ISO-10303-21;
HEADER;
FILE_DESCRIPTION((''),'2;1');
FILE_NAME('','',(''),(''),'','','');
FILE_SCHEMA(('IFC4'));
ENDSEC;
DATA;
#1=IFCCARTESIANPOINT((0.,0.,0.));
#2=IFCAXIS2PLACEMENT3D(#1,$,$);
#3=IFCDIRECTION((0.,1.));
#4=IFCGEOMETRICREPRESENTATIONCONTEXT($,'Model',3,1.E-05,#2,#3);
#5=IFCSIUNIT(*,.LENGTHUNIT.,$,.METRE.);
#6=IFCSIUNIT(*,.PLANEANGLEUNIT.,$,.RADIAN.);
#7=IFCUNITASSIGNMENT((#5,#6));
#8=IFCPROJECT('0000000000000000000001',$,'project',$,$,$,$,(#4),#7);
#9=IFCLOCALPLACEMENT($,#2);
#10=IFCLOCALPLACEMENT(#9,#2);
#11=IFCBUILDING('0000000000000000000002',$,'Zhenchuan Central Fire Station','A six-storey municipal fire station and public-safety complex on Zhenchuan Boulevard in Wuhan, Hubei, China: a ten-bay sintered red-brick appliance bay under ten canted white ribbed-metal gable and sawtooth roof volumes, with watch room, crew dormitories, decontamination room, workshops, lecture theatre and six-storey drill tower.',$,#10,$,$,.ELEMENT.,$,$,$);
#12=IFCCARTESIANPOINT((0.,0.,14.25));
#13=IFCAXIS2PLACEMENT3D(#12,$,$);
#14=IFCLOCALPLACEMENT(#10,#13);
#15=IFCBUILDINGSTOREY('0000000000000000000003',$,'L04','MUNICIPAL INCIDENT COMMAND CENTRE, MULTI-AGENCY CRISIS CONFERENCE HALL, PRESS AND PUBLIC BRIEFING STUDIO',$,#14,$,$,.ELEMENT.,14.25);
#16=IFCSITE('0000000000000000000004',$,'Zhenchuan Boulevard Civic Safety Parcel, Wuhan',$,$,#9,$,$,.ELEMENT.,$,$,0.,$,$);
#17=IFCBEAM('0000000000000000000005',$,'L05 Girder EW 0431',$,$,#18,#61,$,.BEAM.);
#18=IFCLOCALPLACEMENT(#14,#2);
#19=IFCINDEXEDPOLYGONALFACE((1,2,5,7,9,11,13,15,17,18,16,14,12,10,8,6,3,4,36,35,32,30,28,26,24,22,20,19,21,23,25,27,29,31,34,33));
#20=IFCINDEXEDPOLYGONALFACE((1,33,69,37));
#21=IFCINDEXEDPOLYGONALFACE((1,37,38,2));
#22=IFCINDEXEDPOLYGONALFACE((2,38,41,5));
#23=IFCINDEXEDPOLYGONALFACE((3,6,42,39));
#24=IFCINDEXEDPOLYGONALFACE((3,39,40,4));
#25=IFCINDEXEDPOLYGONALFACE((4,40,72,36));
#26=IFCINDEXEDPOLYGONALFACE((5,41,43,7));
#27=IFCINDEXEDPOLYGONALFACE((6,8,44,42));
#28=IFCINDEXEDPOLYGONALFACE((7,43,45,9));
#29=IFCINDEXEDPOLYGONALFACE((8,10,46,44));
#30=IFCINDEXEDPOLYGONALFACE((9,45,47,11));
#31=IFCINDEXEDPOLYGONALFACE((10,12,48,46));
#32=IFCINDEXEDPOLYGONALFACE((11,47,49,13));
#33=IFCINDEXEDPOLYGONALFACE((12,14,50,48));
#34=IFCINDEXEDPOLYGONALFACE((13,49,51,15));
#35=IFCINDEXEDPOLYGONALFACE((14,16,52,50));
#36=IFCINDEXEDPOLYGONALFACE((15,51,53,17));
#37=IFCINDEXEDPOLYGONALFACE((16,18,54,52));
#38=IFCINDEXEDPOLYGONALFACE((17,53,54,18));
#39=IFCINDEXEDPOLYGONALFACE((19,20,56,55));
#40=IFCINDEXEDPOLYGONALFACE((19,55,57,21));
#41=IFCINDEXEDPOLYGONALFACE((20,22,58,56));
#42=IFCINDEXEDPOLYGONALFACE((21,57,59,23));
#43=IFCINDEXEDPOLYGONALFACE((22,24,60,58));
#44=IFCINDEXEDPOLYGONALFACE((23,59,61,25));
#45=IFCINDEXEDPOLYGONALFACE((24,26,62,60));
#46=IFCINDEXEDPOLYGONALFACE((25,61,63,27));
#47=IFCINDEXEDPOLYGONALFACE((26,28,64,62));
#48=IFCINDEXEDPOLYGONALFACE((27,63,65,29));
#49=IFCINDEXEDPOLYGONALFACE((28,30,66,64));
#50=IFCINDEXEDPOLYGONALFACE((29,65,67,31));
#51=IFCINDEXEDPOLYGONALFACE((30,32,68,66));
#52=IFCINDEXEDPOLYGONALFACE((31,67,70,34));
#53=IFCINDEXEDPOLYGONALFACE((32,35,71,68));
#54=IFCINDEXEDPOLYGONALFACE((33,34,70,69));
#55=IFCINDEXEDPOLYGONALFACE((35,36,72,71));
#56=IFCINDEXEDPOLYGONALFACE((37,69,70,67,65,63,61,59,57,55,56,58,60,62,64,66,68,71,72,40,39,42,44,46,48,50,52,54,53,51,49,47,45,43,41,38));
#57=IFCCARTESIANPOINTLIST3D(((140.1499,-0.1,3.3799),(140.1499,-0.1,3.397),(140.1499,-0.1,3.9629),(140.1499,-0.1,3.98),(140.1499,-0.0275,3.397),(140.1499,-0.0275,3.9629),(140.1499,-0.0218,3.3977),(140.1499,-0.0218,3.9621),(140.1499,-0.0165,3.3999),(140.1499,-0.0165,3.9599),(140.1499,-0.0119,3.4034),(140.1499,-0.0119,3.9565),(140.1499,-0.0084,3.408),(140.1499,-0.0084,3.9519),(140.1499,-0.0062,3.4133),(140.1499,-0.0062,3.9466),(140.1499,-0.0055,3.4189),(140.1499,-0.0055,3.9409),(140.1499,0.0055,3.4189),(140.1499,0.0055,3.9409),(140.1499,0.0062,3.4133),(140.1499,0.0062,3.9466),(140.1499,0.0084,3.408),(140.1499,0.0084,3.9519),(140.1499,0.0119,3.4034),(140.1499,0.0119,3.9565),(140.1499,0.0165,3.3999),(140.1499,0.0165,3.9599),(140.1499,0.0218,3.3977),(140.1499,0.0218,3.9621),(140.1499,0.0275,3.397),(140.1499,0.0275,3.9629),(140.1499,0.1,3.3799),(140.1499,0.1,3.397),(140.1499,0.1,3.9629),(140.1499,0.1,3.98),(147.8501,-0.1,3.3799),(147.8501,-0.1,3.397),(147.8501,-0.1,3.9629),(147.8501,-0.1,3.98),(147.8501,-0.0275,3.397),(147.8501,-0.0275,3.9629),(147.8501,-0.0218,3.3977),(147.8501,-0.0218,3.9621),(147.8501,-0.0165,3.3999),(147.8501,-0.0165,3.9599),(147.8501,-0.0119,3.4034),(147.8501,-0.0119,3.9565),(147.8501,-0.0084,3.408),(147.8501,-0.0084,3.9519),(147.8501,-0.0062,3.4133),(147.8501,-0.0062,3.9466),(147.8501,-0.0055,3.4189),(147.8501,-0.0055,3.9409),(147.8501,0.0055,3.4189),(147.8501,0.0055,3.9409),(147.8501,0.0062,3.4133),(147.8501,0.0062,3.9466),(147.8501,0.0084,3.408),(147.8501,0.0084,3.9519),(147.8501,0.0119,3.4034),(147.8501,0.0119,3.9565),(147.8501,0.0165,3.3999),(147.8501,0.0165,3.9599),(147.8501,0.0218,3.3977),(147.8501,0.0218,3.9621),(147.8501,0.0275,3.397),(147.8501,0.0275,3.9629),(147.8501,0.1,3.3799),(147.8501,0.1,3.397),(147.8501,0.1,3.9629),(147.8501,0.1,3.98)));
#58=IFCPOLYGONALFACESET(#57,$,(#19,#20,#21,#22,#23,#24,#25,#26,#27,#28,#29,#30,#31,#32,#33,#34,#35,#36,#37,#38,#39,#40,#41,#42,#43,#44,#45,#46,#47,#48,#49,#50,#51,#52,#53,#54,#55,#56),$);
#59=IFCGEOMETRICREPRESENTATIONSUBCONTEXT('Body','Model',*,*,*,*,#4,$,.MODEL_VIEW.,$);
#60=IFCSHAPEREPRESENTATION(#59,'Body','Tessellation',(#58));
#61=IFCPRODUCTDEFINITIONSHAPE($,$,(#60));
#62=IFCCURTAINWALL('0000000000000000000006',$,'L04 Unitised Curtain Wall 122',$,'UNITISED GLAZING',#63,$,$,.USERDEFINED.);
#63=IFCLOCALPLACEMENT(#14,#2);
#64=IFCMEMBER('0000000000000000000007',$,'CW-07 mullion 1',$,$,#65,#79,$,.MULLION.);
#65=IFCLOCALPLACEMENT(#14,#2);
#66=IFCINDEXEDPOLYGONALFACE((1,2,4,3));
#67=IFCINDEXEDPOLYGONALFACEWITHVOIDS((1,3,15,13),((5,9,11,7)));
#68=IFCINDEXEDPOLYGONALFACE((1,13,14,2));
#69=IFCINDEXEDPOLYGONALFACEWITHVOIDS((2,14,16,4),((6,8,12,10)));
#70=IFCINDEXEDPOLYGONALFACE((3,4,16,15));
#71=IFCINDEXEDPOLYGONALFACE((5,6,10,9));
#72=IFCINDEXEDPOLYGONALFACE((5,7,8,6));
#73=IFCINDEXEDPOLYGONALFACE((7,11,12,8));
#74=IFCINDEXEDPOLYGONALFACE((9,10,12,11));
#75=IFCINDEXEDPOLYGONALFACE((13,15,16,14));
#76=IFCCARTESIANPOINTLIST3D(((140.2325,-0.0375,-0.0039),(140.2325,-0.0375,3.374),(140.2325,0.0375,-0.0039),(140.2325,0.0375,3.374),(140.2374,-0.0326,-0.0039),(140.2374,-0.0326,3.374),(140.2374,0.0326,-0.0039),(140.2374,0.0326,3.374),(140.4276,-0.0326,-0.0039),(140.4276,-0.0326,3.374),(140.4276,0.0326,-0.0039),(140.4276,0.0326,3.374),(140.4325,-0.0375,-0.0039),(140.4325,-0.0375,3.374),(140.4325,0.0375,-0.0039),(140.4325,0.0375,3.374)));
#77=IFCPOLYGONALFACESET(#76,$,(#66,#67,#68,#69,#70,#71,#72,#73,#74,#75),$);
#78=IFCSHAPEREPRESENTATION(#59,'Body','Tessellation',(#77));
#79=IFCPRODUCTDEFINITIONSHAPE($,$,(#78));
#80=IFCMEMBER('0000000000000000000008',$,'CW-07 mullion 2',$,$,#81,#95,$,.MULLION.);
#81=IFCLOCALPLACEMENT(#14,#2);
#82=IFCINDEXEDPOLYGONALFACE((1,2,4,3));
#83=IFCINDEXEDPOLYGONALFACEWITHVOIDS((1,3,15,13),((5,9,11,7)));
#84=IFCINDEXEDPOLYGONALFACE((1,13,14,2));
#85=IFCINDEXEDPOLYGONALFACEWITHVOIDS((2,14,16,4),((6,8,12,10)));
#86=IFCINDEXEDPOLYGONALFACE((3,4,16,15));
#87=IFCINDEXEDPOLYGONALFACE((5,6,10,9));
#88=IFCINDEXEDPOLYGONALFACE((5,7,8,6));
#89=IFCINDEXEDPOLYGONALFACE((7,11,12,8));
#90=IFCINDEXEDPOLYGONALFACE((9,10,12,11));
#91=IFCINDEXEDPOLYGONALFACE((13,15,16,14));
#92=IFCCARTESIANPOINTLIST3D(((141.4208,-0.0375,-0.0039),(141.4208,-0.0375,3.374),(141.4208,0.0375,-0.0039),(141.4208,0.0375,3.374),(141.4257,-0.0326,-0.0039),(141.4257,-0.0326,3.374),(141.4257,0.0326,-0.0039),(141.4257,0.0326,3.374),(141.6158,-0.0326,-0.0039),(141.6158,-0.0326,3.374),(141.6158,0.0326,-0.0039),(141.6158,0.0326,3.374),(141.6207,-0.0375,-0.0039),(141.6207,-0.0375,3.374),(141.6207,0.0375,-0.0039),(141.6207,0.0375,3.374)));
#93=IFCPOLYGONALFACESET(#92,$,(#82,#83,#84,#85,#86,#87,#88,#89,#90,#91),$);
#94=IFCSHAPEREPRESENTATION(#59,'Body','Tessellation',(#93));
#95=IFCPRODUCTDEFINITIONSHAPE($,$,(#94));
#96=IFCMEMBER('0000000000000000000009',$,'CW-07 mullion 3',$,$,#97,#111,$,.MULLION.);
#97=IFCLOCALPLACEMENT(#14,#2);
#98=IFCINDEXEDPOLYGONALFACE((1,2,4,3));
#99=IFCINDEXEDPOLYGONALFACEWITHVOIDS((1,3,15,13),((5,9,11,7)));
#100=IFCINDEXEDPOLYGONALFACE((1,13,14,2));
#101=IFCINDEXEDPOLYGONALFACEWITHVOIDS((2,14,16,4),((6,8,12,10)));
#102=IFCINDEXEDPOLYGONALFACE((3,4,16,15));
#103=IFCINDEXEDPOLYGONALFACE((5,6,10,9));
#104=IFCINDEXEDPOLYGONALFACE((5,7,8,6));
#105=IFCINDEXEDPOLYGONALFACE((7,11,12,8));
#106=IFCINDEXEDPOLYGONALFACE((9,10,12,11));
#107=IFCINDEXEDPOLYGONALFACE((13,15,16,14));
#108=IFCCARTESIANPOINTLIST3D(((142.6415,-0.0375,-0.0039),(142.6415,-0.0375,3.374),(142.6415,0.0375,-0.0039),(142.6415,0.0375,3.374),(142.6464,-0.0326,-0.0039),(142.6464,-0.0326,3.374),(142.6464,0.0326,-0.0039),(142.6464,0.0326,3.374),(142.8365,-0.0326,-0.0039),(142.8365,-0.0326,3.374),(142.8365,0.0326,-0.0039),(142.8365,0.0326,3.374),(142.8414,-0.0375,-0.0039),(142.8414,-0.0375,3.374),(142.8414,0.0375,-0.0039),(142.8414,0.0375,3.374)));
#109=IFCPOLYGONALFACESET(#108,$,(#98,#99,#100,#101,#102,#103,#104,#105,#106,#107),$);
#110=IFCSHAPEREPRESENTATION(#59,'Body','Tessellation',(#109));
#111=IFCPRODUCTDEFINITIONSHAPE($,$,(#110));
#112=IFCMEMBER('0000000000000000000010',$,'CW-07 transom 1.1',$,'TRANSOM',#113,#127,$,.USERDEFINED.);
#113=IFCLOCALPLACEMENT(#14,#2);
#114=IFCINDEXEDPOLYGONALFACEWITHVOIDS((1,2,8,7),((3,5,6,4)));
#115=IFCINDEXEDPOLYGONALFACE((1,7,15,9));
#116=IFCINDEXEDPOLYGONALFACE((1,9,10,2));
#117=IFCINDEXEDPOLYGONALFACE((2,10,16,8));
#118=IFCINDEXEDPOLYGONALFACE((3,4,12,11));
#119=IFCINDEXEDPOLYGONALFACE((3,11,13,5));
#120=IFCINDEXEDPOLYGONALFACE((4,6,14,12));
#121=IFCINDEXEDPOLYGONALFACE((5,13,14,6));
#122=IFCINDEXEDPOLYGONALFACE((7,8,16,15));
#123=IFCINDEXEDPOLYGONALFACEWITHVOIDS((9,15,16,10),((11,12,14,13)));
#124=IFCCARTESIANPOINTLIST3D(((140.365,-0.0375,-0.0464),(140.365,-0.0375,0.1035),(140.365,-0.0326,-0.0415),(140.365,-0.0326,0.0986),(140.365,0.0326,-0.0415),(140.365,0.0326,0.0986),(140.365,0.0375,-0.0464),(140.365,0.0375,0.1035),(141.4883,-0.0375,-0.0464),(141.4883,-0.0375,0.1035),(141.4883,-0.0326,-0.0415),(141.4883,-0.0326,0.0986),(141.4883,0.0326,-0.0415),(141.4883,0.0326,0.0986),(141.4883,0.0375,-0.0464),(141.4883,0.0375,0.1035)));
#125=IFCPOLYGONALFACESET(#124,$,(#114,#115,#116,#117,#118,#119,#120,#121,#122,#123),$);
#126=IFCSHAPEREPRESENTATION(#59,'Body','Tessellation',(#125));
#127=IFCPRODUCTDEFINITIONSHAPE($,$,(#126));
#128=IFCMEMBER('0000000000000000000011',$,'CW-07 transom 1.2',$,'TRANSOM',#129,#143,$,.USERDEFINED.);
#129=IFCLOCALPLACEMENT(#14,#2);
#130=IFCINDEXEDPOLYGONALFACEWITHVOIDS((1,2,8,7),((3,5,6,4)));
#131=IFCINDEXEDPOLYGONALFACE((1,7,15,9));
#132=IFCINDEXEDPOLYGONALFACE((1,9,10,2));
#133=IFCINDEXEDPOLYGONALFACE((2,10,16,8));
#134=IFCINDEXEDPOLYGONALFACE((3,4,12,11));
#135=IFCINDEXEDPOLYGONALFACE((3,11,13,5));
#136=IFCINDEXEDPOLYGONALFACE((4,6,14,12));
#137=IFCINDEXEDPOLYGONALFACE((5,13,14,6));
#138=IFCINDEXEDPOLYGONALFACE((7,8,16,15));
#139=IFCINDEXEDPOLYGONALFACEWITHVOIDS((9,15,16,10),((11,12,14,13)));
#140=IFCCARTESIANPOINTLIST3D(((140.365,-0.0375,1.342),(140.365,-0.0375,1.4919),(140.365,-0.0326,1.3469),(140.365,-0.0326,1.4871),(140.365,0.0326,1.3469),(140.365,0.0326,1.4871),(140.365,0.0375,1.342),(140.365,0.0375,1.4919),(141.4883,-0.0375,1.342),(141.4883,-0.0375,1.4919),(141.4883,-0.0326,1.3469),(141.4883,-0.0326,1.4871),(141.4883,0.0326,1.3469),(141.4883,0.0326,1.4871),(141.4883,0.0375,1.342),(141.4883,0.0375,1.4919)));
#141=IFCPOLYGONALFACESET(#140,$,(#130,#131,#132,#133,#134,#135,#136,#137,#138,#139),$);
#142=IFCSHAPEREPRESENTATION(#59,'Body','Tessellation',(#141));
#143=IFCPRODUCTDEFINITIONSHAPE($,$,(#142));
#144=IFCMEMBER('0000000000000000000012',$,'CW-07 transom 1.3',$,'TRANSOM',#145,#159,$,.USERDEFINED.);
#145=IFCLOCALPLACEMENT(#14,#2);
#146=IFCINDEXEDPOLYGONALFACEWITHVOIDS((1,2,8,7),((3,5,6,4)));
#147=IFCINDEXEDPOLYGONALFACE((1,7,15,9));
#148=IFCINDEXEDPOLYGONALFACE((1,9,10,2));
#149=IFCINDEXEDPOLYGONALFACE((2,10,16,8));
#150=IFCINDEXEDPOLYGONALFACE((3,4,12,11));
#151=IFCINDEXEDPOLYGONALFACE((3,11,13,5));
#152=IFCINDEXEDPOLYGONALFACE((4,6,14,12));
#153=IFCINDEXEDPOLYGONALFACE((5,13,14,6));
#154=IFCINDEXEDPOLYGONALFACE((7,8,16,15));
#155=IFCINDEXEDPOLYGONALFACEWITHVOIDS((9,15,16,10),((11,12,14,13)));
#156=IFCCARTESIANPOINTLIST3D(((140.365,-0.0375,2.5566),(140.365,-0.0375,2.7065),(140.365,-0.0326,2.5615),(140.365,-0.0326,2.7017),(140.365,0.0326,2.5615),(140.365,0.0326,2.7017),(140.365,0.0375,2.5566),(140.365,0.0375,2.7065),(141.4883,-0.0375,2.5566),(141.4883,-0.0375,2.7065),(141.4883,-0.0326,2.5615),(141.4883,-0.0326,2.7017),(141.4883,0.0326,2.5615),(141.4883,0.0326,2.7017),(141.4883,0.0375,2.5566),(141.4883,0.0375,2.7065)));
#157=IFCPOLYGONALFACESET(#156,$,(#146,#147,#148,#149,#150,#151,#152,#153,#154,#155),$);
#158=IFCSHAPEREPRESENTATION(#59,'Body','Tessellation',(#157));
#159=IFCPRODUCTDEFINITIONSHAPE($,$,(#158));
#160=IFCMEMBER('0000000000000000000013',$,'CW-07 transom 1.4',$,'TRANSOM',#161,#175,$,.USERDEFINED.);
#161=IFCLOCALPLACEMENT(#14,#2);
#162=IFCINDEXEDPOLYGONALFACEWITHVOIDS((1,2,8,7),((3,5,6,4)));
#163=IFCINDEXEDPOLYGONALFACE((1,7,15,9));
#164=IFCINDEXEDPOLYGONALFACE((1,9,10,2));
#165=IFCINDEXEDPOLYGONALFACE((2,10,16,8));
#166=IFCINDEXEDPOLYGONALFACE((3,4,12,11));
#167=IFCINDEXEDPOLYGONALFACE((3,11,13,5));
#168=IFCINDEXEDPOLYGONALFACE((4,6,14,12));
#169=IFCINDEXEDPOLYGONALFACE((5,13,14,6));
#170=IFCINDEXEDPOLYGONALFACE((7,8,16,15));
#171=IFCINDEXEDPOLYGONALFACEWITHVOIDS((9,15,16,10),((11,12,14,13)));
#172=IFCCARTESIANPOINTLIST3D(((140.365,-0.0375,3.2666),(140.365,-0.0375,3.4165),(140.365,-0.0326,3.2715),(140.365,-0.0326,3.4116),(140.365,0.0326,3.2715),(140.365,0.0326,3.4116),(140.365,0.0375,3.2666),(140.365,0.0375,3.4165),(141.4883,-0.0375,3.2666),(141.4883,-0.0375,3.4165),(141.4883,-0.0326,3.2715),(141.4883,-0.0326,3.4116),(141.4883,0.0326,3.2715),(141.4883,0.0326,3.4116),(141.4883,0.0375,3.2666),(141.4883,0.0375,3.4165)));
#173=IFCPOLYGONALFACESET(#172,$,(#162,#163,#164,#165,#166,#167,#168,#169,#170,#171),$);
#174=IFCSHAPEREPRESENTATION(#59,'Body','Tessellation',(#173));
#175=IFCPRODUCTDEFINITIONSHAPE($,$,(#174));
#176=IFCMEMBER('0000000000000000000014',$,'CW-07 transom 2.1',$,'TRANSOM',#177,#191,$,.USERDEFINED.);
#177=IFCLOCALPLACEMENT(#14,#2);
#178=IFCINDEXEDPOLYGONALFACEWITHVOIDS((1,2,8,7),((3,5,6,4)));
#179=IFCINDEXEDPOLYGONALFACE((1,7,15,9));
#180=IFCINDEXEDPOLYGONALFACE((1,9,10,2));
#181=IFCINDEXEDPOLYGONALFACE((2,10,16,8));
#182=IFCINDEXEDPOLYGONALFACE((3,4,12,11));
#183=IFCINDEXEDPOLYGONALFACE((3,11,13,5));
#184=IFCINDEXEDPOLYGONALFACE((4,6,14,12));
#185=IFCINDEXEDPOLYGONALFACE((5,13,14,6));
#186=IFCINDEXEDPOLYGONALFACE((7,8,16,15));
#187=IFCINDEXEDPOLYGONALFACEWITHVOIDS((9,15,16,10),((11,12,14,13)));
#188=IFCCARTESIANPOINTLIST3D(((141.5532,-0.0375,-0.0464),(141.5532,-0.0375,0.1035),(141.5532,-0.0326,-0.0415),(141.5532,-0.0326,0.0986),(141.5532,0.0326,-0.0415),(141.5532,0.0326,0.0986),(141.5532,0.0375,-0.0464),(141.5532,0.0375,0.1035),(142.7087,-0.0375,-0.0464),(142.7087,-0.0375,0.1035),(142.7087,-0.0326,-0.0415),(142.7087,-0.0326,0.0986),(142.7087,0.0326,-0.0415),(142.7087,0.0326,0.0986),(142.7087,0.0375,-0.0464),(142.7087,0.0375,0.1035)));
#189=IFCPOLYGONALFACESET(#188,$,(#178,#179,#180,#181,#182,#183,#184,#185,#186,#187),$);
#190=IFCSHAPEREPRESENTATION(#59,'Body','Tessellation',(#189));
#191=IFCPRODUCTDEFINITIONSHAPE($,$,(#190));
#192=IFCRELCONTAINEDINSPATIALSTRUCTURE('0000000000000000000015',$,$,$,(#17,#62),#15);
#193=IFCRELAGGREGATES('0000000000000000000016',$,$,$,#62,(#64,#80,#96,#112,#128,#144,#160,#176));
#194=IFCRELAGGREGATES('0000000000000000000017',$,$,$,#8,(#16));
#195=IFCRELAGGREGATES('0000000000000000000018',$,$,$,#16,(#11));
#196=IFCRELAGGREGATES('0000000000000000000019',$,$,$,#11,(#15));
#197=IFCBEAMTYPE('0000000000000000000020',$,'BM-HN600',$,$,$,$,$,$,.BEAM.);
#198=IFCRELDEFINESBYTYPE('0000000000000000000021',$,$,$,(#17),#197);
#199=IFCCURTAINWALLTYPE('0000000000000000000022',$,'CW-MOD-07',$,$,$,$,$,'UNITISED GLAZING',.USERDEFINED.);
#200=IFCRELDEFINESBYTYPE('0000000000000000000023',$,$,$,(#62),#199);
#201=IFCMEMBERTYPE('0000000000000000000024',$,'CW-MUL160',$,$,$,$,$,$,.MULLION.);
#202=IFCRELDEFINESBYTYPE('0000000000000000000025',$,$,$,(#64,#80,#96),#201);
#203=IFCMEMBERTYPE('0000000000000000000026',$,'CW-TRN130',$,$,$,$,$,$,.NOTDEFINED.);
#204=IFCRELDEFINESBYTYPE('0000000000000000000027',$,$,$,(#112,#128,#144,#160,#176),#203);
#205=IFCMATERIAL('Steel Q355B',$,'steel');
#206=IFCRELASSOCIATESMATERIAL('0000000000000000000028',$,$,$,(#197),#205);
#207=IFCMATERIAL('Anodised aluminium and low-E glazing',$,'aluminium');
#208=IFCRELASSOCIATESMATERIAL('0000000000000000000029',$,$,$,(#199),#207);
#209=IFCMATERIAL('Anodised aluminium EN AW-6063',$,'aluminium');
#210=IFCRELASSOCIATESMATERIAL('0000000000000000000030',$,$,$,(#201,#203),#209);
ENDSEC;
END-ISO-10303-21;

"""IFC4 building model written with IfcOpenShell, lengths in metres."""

from ifc_helpers import new_model, si_unit, direction, frame, origin, origin_2d, place, context, subcontext, project, spatial, hollow_rectangle, i_section, extrude, material, material_profile, profile_set, type_object, element, aggregate, save


model = new_model("IFC4")

# Units and contexts
model_context = context("Model", 3, precision=1e-05, world=origin(), true_north=direction((0.0, 1.0)))
body_context = subcontext(model_context, "Body", "Model", "MODEL_VIEW")
ifc_project = project(units=[si_unit("LENGTHUNIT", "METRE"), si_unit("PLANEANGLEUNIT", "RADIAN")], contexts=[model_context])

# Site, building, storey
site_placement = place(None, origin())
site = spatial("IfcSite", under=ifc_project, at=site_placement, Name="Zhenchuan Boulevard Civic Safety Parcel, Wuhan", CompositionType="ELEMENT", RefElevation=0.0)
building_placement = place(site_placement, origin())
building = spatial("IfcBuilding", under=site, at=building_placement, Name="Zhenchuan Central Fire Station", Description="A six-storey municipal fire station and public-safety complex on Zhenchuan Boulevard in Wuhan, Hubei, China: a ten-bay sintered red-brick appliance bay under ten canted white ribbed-metal gable and sawtooth roof volumes, with watch room, crew dormitories, decontamination room, workshops, lecture theatre and six-storey drill tower.", CompositionType="ELEMENT")
storey_placement = place(building_placement, frame((0.0, 0.0, 14.25)))
storey = spatial("IfcBuildingStorey", under=building, at=storey_placement, Name="L04", Description="MUNICIPAL INCIDENT COMMAND CENTRE, MULTI-AGENCY CRISIS CONFERENCE HALL, PRESS AND PUBLIC BRIEFING STUDIO", CompositionType="ELEMENT", Elevation=14.25)

# Beam
ifc_material_1 = material(Name="Steel Q355B", Category="steel")
ifc_material_profile_1 = material_profile(ifc_material_1, i_section(OverallWidth=0.2, OverallDepth=0.6001, WebThickness=0.011, FlangeThickness=0.0171, FilletRadius=0.022, at=origin_2d()), Name="HN 600x200")
ifc_profile_set_1 = profile_set([ifc_material_profile_1], Name="Steel Q355B")
beam_type = type_object("IfcBeamType", Name="BM-HN600", PredefinedType="BEAM", material=ifc_profile_set_1)
beam_placement = place(storey_placement, frame((140.1499, 0.0, 3.6799), z_axis=(1.0, 0.0, 0.0), x_axis=(0.0, 1.0, 0.0)))
element("IfcBeam", 1, at=beam_placement, inside=storey, type_object=beam_type, Name="L05 Girder EW 0431", PredefinedType="BEAM", context=body_context, shape_type="SweptSolid", body=[
    extrude(i_section(OverallWidth=0.2, OverallDepth=0.6001, WebThickness=0.011, FlangeThickness=0.0171, FilletRadius=0.022, at=origin_2d()), origin(), (0.0, 0.0, 1.0), 7.7002),
])

# Curtain wall, members
ifc_material_2 = material(Name="Anodised aluminium and low-E glazing", Category="aluminium")
curtain_wall_type = type_object("IfcCurtainWallType", Name="CW-MOD-07", ElementType="UNITISED GLAZING", PredefinedType="USERDEFINED", material=ifc_material_2)
curtain_wall_placement = place(storey_placement, origin())
curtain_wall = element("IfcCurtainWall", 2, at=curtain_wall_placement, inside=storey, type_object=curtain_wall_type, Name="L04 Unitised Curtain Wall 122", ObjectType="UNITISED GLAZING", PredefinedType="USERDEFINED")
ifc_material_3 = material(Name="Anodised aluminium EN AW-6063", Category="aluminium")
ifc_material_profile_2 = material_profile(ifc_material_3, hollow_rectangle(XDim=0.075, YDim=0.2, WallThickness=0.0049, at=origin_2d()), Name="ALU-M 200x75")
ifc_profile_set_2 = profile_set([ifc_material_profile_2], Name="Anodised aluminium EN AW-6063")
member_type_1 = type_object("IfcMemberType", Name="CW-MUL160", PredefinedType="MULLION", material=ifc_profile_set_2)
member_1_placement = place(storey_placement, frame((140.3325, 0.0, -0.0039), z_axis=(0.0, 0.0, 1.0), x_axis=(0.0, 1.0, 0.0)))
member_1 = element("IfcMember", 3, at=member_1_placement, type_object=member_type_1, Name="CW-07 mullion 1", PredefinedType="MULLION", context=body_context, shape_type="SweptSolid", body=[
    extrude(hollow_rectangle(XDim=0.075, YDim=0.2, WallThickness=0.0049, at=origin_2d()), origin(), (0.0, 0.0, 1.0), 3.3779),
])
member_2_placement = place(storey_placement, frame((141.5208, 0.0, -0.0039), z_axis=(0.0, 0.0, 1.0), x_axis=(0.0, 1.0, 0.0)))
member_2 = element("IfcMember", 4, at=member_2_placement, type_object=member_type_1, Name="CW-07 mullion 2", PredefinedType="MULLION", context=body_context, shape_type="SweptSolid", body=[
    extrude(hollow_rectangle(XDim=0.075, YDim=0.2, WallThickness=0.0049, at=origin_2d()), origin(), (0.0, 0.0, 1.0), 3.3779),
])
member_3_placement = place(storey_placement, frame((142.7415, 0.0, -0.0039), z_axis=(0.0, 0.0, 1.0), x_axis=(0.0, 1.0, 0.0)))
member_3 = element("IfcMember", 5, at=member_3_placement, type_object=member_type_1, Name="CW-07 mullion 3", PredefinedType="MULLION", context=body_context, shape_type="SweptSolid", body=[
    extrude(hollow_rectangle(XDim=0.075, YDim=0.2, WallThickness=0.0049, at=origin_2d()), origin(), (0.0, 0.0, 1.0), 3.3779),
])
ifc_material_profile_3 = material_profile(ifc_material_3, hollow_rectangle(XDim=0.075, YDim=0.1499, WallThickness=0.0049, at=origin_2d()), Name="ALU-T 150x75")
ifc_profile_set_3 = profile_set([ifc_material_profile_3], Name="Anodised aluminium EN AW-6063")
member_type_2 = type_object("IfcMemberType", Name="CW-TRN130", PredefinedType="NOTDEFINED", material=ifc_profile_set_3)
member_4_placement = place(storey_placement, frame((140.365, 0.0, 0.0286), z_axis=(1.0, 0.0, 0.0), x_axis=(0.0, 1.0, 0.0)))
member_4 = element("IfcMember", 6, at=member_4_placement, type_object=member_type_2, Name="CW-07 transom 1.1", ObjectType="TRANSOM", PredefinedType="USERDEFINED", context=body_context, shape_type="SweptSolid", body=[
    extrude(hollow_rectangle(XDim=0.075, YDim=0.1499, WallThickness=0.0049, at=origin_2d()), origin(), (0.0, 0.0, 1.0), 1.1233),
])
member_5_placement = place(storey_placement, frame((140.365, 0.0, 1.417), z_axis=(1.0, 0.0, 0.0), x_axis=(0.0, 1.0, 0.0)))
member_5 = element("IfcMember", 7, at=member_5_placement, type_object=member_type_2, Name="CW-07 transom 1.2", ObjectType="TRANSOM", PredefinedType="USERDEFINED", context=body_context, shape_type="SweptSolid", body=[
    extrude(hollow_rectangle(XDim=0.075, YDim=0.1499, WallThickness=0.0049, at=origin_2d()), origin(), (0.0, 0.0, 1.0), 1.1233),
])
member_6_placement = place(storey_placement, frame((140.365, 0.0, 2.6316), z_axis=(1.0, 0.0, 0.0), x_axis=(0.0, 1.0, 0.0)))
member_6 = element("IfcMember", 8, at=member_6_placement, type_object=member_type_2, Name="CW-07 transom 1.3", ObjectType="TRANSOM", PredefinedType="USERDEFINED", context=body_context, shape_type="SweptSolid", body=[
    extrude(hollow_rectangle(XDim=0.075, YDim=0.1499, WallThickness=0.0049, at=origin_2d()), origin(), (0.0, 0.0, 1.0), 1.1233),
])
member_7_placement = place(storey_placement, frame((140.365, 0.0, 3.3416), z_axis=(1.0, 0.0, 0.0), x_axis=(0.0, 1.0, 0.0)))
member_7 = element("IfcMember", 9, at=member_7_placement, type_object=member_type_2, Name="CW-07 transom 1.4", ObjectType="TRANSOM", PredefinedType="USERDEFINED", context=body_context, shape_type="SweptSolid", body=[
    extrude(hollow_rectangle(XDim=0.075, YDim=0.1499, WallThickness=0.0049, at=origin_2d()), origin(), (0.0, 0.0, 1.0), 1.1233),
])
member_8_placement = place(storey_placement, frame((141.5532, 0.0, 0.0286), z_axis=(1.0, 0.0, 0.0), x_axis=(0.0, 1.0, 0.0)))
member_8 = element("IfcMember", 10, at=member_8_placement, type_object=member_type_2, Name="CW-07 transom 2.1", ObjectType="TRANSOM", PredefinedType="USERDEFINED", context=body_context, shape_type="SweptSolid", body=[
    extrude(hollow_rectangle(XDim=0.075, YDim=0.1499, WallThickness=0.0049, at=origin_2d()), origin(), (0.0, 0.0, 1.0), 1.1555),
])
aggregate(curtain_wall, [member_1, member_2, member_3, member_4, member_5, member_6, member_7, member_8])

save(model, "model.ifc")
